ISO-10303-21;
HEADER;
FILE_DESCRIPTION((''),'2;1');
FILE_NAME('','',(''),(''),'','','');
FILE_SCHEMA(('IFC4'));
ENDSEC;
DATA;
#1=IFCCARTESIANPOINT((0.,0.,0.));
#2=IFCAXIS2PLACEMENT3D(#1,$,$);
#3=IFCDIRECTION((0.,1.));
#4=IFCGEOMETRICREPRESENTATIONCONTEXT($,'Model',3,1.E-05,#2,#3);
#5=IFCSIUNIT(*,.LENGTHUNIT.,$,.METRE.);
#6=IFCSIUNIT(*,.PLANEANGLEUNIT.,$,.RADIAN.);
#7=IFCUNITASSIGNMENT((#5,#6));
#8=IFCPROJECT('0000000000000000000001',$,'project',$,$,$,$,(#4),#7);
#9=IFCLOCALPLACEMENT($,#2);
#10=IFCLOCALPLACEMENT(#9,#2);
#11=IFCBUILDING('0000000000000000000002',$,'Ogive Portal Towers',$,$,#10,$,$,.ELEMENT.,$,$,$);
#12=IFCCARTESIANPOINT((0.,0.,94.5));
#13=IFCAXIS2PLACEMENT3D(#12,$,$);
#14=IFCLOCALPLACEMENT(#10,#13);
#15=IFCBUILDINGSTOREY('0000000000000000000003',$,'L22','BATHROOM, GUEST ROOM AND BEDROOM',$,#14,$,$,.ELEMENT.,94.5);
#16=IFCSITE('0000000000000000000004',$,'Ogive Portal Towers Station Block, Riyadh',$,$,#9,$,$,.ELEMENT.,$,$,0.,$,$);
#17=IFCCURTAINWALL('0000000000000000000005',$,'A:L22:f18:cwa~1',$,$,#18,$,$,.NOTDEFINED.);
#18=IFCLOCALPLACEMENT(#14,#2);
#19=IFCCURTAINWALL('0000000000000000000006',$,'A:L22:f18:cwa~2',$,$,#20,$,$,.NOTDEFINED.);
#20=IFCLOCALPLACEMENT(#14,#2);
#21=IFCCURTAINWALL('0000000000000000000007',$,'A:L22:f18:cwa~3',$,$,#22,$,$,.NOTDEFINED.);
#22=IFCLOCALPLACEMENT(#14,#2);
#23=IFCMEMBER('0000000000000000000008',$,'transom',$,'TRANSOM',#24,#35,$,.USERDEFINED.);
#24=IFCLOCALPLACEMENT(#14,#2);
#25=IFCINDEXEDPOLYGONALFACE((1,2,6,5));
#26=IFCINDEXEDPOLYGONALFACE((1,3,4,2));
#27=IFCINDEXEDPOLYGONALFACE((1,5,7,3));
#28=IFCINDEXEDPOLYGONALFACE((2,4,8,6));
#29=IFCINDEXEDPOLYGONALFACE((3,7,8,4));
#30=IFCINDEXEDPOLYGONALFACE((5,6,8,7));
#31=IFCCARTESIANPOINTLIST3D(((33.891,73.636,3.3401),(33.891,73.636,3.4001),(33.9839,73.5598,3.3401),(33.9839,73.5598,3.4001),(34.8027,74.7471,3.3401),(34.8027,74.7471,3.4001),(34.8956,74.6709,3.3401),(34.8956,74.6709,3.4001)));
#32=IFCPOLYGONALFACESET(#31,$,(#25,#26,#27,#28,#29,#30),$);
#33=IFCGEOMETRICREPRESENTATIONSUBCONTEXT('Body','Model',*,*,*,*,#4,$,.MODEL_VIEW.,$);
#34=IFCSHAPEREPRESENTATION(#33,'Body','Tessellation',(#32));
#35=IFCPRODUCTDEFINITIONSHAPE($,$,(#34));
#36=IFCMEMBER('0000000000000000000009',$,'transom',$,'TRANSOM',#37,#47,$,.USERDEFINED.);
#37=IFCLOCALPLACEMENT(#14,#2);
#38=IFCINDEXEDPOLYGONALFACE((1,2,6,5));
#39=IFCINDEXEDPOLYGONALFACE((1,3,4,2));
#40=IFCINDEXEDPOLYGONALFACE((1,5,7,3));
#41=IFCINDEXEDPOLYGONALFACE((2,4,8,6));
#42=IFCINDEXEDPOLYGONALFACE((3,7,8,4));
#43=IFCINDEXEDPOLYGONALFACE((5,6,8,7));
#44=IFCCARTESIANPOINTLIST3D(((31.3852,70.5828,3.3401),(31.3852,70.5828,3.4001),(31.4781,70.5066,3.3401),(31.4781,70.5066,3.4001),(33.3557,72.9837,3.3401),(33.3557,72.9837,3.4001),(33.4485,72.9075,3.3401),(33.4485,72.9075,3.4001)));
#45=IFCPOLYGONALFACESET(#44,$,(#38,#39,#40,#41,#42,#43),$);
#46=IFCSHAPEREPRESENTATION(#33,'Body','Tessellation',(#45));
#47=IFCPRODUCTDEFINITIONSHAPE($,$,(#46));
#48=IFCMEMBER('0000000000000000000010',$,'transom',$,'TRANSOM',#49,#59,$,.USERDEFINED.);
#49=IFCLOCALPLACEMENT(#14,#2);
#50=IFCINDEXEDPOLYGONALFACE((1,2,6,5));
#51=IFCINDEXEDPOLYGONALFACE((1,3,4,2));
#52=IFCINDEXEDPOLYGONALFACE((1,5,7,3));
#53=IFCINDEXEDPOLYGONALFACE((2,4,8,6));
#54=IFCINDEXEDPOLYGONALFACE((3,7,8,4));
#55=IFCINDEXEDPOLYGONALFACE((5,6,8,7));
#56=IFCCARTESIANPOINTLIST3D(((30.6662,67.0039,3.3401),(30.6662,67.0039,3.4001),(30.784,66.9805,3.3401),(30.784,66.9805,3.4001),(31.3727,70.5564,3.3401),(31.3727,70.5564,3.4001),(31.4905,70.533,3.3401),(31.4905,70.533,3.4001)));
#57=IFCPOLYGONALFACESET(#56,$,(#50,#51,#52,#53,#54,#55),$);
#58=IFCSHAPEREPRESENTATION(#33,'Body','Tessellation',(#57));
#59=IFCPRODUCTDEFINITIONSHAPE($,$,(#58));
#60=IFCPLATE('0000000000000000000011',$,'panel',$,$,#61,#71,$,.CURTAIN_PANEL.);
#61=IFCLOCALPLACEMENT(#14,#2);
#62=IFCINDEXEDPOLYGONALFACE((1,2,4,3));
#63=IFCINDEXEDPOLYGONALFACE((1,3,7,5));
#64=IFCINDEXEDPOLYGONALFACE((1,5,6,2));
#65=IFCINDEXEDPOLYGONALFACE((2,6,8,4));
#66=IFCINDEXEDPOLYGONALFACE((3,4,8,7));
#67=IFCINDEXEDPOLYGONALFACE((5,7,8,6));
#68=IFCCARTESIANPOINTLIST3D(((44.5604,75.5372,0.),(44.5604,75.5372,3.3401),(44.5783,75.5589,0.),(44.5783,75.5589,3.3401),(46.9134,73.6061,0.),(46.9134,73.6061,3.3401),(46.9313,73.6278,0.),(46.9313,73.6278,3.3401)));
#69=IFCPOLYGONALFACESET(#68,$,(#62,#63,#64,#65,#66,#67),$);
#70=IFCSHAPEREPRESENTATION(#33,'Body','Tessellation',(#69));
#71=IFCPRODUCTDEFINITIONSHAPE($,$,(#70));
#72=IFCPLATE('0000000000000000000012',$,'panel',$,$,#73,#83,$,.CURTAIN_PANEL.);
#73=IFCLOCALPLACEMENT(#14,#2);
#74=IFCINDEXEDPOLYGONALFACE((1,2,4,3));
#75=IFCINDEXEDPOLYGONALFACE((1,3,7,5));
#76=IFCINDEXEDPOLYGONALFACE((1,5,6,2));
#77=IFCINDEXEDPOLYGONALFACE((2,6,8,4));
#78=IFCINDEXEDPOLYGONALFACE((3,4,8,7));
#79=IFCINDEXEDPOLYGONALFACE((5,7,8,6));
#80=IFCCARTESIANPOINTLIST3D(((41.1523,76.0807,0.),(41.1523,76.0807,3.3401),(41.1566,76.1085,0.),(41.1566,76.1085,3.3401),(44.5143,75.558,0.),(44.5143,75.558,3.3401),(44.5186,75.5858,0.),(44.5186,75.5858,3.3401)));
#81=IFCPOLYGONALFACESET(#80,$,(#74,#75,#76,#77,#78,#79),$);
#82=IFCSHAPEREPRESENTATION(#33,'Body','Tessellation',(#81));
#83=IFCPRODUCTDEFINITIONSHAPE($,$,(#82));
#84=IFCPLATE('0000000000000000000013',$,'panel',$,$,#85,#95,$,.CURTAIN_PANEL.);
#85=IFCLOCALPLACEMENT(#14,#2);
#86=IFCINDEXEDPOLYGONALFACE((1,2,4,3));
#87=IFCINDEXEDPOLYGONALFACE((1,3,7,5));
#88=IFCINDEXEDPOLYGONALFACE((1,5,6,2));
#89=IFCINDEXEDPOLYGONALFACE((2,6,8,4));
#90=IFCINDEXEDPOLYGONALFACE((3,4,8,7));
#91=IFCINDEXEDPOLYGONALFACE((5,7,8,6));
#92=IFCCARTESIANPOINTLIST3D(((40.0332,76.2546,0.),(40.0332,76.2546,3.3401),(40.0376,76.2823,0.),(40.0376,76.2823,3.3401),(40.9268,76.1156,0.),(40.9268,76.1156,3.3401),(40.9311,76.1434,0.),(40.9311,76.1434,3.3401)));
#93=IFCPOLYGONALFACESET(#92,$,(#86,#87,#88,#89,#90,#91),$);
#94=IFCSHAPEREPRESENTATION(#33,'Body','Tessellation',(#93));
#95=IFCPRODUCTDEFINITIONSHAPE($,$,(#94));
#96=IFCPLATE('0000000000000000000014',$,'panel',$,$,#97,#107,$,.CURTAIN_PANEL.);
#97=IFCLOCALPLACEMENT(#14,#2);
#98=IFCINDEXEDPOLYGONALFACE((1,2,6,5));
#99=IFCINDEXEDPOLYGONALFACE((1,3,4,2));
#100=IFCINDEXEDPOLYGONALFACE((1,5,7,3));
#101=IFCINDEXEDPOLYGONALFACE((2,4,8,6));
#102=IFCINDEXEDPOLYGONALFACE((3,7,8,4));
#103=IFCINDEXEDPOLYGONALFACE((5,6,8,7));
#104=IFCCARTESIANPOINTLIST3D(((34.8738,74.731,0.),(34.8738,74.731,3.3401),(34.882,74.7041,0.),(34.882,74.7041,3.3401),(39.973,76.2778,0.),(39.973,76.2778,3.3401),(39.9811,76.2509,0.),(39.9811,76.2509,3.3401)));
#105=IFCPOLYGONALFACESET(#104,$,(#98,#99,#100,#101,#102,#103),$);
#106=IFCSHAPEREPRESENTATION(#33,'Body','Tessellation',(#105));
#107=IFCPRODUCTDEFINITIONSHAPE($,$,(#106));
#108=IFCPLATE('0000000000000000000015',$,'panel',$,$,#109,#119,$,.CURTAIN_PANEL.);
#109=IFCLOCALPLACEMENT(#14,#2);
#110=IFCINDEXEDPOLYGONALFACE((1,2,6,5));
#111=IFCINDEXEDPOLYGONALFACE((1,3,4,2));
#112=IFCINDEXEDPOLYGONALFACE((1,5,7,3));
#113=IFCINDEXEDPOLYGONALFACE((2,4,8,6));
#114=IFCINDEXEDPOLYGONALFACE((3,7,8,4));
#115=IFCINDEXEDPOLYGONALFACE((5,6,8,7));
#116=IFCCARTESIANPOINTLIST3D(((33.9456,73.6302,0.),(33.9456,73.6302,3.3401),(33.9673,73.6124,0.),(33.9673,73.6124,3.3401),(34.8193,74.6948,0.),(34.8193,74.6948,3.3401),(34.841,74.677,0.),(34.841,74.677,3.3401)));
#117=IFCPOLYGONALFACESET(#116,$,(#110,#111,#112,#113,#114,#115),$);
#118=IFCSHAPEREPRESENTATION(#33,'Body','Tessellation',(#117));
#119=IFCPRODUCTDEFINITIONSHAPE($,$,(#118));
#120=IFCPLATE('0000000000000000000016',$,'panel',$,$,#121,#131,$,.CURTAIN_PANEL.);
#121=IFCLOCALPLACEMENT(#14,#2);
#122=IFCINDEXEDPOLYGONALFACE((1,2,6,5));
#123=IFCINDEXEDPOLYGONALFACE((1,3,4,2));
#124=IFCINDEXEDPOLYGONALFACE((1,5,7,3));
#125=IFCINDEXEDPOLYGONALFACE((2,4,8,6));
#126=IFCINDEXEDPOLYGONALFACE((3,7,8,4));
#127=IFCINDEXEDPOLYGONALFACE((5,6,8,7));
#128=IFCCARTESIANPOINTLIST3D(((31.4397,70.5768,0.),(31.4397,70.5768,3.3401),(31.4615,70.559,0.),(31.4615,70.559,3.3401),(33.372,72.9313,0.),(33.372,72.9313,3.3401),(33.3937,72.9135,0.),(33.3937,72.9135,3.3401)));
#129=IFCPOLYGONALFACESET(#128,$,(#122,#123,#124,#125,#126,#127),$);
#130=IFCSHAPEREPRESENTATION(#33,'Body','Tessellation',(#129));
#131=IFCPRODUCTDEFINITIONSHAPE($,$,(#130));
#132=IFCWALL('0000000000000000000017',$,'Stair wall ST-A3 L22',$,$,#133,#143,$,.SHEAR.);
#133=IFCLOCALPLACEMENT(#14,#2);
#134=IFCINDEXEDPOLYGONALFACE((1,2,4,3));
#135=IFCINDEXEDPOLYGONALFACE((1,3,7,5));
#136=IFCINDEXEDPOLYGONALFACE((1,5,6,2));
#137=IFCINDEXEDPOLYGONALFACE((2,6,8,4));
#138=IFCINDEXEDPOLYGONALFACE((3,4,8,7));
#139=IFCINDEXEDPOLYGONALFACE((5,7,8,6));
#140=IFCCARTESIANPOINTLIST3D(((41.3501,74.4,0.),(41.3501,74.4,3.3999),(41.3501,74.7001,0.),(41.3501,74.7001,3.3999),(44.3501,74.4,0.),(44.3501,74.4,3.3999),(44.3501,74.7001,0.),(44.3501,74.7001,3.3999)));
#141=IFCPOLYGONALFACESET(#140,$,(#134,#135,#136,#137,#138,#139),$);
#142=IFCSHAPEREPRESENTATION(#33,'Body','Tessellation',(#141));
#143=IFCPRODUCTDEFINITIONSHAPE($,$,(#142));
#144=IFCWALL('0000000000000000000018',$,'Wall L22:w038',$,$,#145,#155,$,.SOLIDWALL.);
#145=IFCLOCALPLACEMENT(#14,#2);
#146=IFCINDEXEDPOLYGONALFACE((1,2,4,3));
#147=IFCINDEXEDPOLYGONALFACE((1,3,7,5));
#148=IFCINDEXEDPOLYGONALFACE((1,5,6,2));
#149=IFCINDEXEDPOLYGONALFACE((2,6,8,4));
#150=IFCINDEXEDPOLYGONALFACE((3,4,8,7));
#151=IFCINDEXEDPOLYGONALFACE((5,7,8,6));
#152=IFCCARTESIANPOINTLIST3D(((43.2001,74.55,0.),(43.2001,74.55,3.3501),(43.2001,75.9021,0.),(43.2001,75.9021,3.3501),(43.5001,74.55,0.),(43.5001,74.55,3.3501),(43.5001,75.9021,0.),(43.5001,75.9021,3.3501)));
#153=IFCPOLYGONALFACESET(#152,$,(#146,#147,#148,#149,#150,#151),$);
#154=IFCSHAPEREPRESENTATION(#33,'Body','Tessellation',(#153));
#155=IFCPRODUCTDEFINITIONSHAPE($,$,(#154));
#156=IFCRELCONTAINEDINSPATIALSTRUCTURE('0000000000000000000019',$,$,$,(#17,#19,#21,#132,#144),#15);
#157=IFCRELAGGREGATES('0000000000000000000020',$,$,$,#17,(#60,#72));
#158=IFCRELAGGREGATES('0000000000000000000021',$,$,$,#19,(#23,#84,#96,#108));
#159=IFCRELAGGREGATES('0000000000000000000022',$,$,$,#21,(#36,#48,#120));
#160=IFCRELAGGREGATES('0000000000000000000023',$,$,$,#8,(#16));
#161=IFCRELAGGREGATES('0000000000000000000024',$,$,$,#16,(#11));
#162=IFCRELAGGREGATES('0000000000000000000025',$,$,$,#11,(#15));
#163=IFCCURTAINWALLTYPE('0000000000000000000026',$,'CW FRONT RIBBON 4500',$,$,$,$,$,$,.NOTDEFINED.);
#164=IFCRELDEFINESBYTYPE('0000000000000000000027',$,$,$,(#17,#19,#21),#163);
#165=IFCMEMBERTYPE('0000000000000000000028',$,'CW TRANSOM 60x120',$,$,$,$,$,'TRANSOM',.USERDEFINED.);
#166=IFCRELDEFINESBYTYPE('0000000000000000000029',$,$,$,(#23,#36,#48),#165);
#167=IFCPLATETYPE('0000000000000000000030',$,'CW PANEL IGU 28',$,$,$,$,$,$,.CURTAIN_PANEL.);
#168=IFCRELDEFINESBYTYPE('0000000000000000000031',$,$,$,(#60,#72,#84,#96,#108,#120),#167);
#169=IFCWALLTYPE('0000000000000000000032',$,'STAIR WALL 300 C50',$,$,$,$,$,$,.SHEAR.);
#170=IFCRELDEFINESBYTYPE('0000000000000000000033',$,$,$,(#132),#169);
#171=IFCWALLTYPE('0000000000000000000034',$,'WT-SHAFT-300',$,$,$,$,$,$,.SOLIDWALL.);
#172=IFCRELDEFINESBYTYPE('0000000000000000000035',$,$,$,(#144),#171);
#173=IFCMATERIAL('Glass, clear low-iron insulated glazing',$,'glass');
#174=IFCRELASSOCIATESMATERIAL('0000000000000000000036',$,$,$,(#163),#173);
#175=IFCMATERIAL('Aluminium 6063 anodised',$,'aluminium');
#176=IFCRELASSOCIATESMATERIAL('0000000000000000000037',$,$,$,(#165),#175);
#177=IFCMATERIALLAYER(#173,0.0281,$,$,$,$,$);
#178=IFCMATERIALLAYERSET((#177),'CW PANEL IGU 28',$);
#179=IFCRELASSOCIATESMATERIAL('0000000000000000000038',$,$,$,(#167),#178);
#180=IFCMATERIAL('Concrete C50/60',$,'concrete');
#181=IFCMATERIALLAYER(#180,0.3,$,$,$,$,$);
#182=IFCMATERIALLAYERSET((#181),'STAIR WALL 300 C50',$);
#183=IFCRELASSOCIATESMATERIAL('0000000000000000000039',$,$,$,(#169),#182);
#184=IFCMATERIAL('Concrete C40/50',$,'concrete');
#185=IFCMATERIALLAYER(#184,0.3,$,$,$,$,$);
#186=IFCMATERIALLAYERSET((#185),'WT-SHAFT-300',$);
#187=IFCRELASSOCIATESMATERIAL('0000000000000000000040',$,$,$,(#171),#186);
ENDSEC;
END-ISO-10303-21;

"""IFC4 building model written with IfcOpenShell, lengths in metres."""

from ifc_helpers import new_model, si_unit, direction, frame, frame_2d, origin, origin_2d, place, context, subcontext, project, spatial, rectangle, extrude, material, layer, layer_set, material_profile, profile_set, type_object, element, aggregate, save


model = new_model("IFC4")

# Units and contexts
model_context = context("Model", 3, precision=1e-05, world=origin(), true_north=direction((0.0, 1.0)))
body_context = subcontext(model_context, "Body", "Model", "MODEL_VIEW")
ifc_project = project(units=[si_unit("LENGTHUNIT", "METRE"), si_unit("PLANEANGLEUNIT", "RADIAN")], contexts=[model_context])

# Site, building, storey
site_placement = place(None, origin())
site = spatial("IfcSite", under=ifc_project, at=site_placement, Name="Ogive Portal Towers Station Block, Riyadh", CompositionType="ELEMENT", RefElevation=0.0)
building_placement = place(site_placement, origin())
building = spatial("IfcBuilding", under=site, at=building_placement, Name="Ogive Portal Towers", CompositionType="ELEMENT")
storey_placement = place(building_placement, frame((0.0, 0.0, 94.5)))
storey = spatial("IfcBuildingStorey", under=building, at=storey_placement, Name="L22", Description="BATHROOM, GUEST ROOM AND BEDROOM", CompositionType="ELEMENT", Elevation=94.5)

# Shared definitions
ifc_material_1 = material(Name="Concrete C40/50", Category="concrete")

# Curtain walls
ifc_material_2 = material(Name="Glass, clear low-iron insulated glazing", Category="glass")
curtain_wall_type = type_object("IfcCurtainWallType", Name="CW FRONT RIBBON 4500", PredefinedType="NOTDEFINED", material=ifc_material_2)
curtain_wall_1_placement = place(storey_placement, origin())
curtain_wall_1 = element("IfcCurtainWall", 1, at=curtain_wall_1_placement, inside=storey, type_object=curtain_wall_type, Name="A:L22:f18:cwa~1", PredefinedType="NOTDEFINED")
ifc_material_3 = material(Name="Aluminium 6063 anodised", Category="aluminium")
curtain_wall_2_placement = place(storey_placement, origin())
curtain_wall_2 = element("IfcCurtainWall", 2, at=curtain_wall_2_placement, inside=storey, type_object=curtain_wall_type, Name="A:L22:f18:cwa~2", PredefinedType="NOTDEFINED")
curtain_wall_3_placement = place(storey_placement, origin())
curtain_wall_3 = element("IfcCurtainWall", 3, at=curtain_wall_3_placement, inside=storey, type_object=curtain_wall_type, Name="A:L22:f18:cwa~3", PredefinedType="NOTDEFINED")

# Members
ifc_material_profile_1 = material_profile(ifc_material_3, rectangle(XDim=0.1201, YDim=0.0601, at=origin_2d()), Name="AL 120x60")
ifc_profile_set_1 = profile_set([ifc_material_profile_1], Name="Aluminium 6063 anodised")
member_type_1 = type_object("IfcMemberType", Name="CW TRANSOM 60x120", ElementType="TRANSOM", PredefinedType="USERDEFINED", material=ifc_profile_set_1)
member_1_placement = place(storey_placement, frame((34.8491, 74.709, 3.3701), z_axis=(-0.634301, -0.773086, 0.0), x_axis=(0.773086, -0.634301, 0.0)))
member_1 = element("IfcMember", 4, at=member_1_placement, type_object=member_type_1, Name="transom", ObjectType="TRANSOM", PredefinedType="USERDEFINED", context=body_context, shape_type="SweptSolid", body=[
    extrude(rectangle(XDim=0.1201, YDim=0.0601, at=origin_2d()), origin(), (0.0, 0.0, 1.0), 1.4373),
])
member_2_placement = place(storey_placement, frame((33.4021, 72.9456, 3.3701), z_axis=(-0.634414, -0.772993, 0.0), x_axis=(0.772993, -0.634414, 0.0)))
member_2 = element("IfcMember", 5, at=member_2_placement, type_object=member_type_1, Name="transom", ObjectType="TRANSOM", PredefinedType="USERDEFINED", context=body_context, shape_type="SweptSolid", body=[
    extrude(rectangle(XDim=0.1201, YDim=0.0601, at=origin_2d()), origin(), (0.0, 0.0, 1.0), 3.106),
])
member_3_placement = place(storey_placement, frame((31.4316, 70.5447, 3.3701), z_axis=(-0.195066, -0.98079, 0.0), x_axis=(0.98079, -0.195066, 0.0)))
member_3 = element("IfcMember", 6, at=member_3_placement, type_object=member_type_1, Name="transom", ObjectType="TRANSOM", PredefinedType="USERDEFINED", context=body_context, shape_type="SweptSolid", body=[
    extrude(rectangle(XDim=0.1201, YDim=0.0601, at=origin_2d()), origin(), (0.0, 0.0, 1.0), 3.6221),
])

# Plates
ifc_layer_1 = layer(ifc_material_2, 0.0281)
ifc_layer_set_1 = layer_set([ifc_layer_1], Name="CW PANEL IGU 28")
plate_type = type_object("IfcPlateType", Name="CW PANEL IGU 28", PredefinedType="CURTAIN_PANEL", material=ifc_layer_set_1)
plate_1_placement = place(storey_placement, frame((45.7458, 74.5825, 0.0), z_axis=(0.0, 0.0, 1.0), x_axis=(-0.77301, 0.634393, 0.0)))
plate_1 = element("IfcPlate", 7, at=plate_1_placement, type_object=plate_type, Name="panel", PredefinedType="CURTAIN_PANEL", context=body_context, shape_type="SweptSolid", body=[
    extrude(rectangle(XDim=3.0439, YDim=0.0281, at=origin_2d()), origin(), (0.0, 0.0, 1.0), 3.3401),
])
plate_2_placement = place(storey_placement, frame((42.8354, 75.8333, 0.0), z_axis=(0.0, 0.0, 1.0), x_axis=(-0.988128, 0.153636, 0.0)))
plate_2 = element("IfcPlate", 8, at=plate_2_placement, type_object=plate_type, Name="panel", PredefinedType="CURTAIN_PANEL", context=body_context, shape_type="SweptSolid", body=[
    extrude(rectangle(XDim=3.4023, YDim=0.0281, at=origin_2d()), origin(), (0.0, 0.0, 1.0), 3.3401),
])
aggregate(curtain_wall_1, [plate_1, plate_2])
plate_3_placement = place(storey_placement, frame((40.4822, 76.199, 0.0), z_axis=(0.0, 0.0, 1.0), x_axis=(-0.988128, 0.153636, 0.0)))
plate_3 = element("IfcPlate", 9, at=plate_3_placement, type_object=plate_type, Name="panel", PredefinedType="CURTAIN_PANEL", context=body_context, shape_type="SweptSolid", body=[
    extrude(rectangle(XDim=0.9043, YDim=0.0281, at=origin_2d()), origin(), (0.0, 0.0, 1.0), 3.3401),
])
plate_4_placement = place(storey_placement, frame((37.4275, 75.491, 0.0), z_axis=(0.0, 0.0, 1.0), x_axis=(-0.95694, -0.290285, 0.0)))
plate_4 = element("IfcPlate", 10, at=plate_4_placement, type_object=plate_type, Name="panel", PredefinedType="CURTAIN_PANEL", context=body_context, shape_type="SweptSolid", body=[
    extrude(rectangle(XDim=5.3286, YDim=0.0281, at=origin_2d()), origin(), (0.0, 0.0, 1.0), 3.3401),
])
plate_5_placement = place(storey_placement, frame((34.3933, 74.1536, 0.0), z_axis=(0.0, 0.0, 1.0), x_axis=(-0.634393, -0.77301, 0.0)))
plate_5 = element("IfcPlate", 11, at=plate_5_placement, type_object=plate_type, Name="panel", PredefinedType="CURTAIN_PANEL", context=body_context, shape_type="SweptSolid", body=[
    extrude(rectangle(XDim=1.3772, YDim=0.0281, at=origin_2d()), origin(), (0.0, 0.0, 1.0), 3.3401),
])
aggregate(curtain_wall_2, [member_1, plate_3, plate_4, plate_5])
plate_6_placement = place(storey_placement, frame((32.4167, 71.7451, 0.0), z_axis=(0.0, 0.0, 1.0), x_axis=(-0.634393, -0.77301, 0.0)))
plate_6 = element("IfcPlate", 12, at=plate_6_placement, type_object=plate_type, Name="panel", PredefinedType="CURTAIN_PANEL", context=body_context, shape_type="SweptSolid", body=[
    extrude(rectangle(XDim=3.0459, YDim=0.0281, at=origin_2d()), origin(), (0.0, 0.0, 1.0), 3.3401),
])
aggregate(curtain_wall_3, [member_2, member_3, plate_6])

# Walls
ifc_material_4 = material(Name="Concrete C50/60", Category="concrete")
ifc_layer_2 = layer(ifc_material_4, 0.3)
ifc_layer_set_2 = layer_set([ifc_layer_2], Name="STAIR WALL 300 C50")
wall_type_1 = type_object("IfcWallType", Name="STAIR WALL 300 C50", PredefinedType="SHEAR", material=ifc_layer_set_2)
wall_1_placement = place(storey_placement, frame((41.3501, 74.55, 0.0), z_axis=(0.0, 0.0, 1.0), x_axis=(1.0, 0.0, 0.0)))
element("IfcWall", 13, at=wall_1_placement, inside=storey, type_object=wall_type_1, Name="Stair wall ST-A3 L22", PredefinedType="SHEAR", context=body_context, shape_type="SweptSolid", body=[
    extrude(rectangle(XDim=3.0, YDim=0.3, at=frame_2d((1.5, 0.0))), origin(), (0.0, 0.0, 1.0), 3.3999),
])
ifc_layer_3 = layer(ifc_material_1, 0.3)
ifc_layer_set_3 = layer_set([ifc_layer_3], Name="WT-SHAFT-300")
wall_type_2 = type_object("IfcWallType", Name="WT-SHAFT-300", PredefinedType="SOLIDWALL", material=ifc_layer_set_3)
wall_2_placement = place(storey_placement, frame((43.3501, 74.55, 0.0), z_axis=(0.0, 0.0, 1.0), x_axis=(0.0, 1.0, 0.0)))
element("IfcWall", 14, at=wall_2_placement, inside=storey, type_object=wall_type_2, Name="Wall L22:w038", PredefinedType="SOLIDWALL", context=body_context, shape_type="SweptSolid", body=[
    extrude(rectangle(XDim=1.3521, YDim=0.3, at=frame_2d((0.676, 0.0))), origin(), (0.0, 0.0, 1.0), 3.3501),
])

save(model, "model.ifc")
